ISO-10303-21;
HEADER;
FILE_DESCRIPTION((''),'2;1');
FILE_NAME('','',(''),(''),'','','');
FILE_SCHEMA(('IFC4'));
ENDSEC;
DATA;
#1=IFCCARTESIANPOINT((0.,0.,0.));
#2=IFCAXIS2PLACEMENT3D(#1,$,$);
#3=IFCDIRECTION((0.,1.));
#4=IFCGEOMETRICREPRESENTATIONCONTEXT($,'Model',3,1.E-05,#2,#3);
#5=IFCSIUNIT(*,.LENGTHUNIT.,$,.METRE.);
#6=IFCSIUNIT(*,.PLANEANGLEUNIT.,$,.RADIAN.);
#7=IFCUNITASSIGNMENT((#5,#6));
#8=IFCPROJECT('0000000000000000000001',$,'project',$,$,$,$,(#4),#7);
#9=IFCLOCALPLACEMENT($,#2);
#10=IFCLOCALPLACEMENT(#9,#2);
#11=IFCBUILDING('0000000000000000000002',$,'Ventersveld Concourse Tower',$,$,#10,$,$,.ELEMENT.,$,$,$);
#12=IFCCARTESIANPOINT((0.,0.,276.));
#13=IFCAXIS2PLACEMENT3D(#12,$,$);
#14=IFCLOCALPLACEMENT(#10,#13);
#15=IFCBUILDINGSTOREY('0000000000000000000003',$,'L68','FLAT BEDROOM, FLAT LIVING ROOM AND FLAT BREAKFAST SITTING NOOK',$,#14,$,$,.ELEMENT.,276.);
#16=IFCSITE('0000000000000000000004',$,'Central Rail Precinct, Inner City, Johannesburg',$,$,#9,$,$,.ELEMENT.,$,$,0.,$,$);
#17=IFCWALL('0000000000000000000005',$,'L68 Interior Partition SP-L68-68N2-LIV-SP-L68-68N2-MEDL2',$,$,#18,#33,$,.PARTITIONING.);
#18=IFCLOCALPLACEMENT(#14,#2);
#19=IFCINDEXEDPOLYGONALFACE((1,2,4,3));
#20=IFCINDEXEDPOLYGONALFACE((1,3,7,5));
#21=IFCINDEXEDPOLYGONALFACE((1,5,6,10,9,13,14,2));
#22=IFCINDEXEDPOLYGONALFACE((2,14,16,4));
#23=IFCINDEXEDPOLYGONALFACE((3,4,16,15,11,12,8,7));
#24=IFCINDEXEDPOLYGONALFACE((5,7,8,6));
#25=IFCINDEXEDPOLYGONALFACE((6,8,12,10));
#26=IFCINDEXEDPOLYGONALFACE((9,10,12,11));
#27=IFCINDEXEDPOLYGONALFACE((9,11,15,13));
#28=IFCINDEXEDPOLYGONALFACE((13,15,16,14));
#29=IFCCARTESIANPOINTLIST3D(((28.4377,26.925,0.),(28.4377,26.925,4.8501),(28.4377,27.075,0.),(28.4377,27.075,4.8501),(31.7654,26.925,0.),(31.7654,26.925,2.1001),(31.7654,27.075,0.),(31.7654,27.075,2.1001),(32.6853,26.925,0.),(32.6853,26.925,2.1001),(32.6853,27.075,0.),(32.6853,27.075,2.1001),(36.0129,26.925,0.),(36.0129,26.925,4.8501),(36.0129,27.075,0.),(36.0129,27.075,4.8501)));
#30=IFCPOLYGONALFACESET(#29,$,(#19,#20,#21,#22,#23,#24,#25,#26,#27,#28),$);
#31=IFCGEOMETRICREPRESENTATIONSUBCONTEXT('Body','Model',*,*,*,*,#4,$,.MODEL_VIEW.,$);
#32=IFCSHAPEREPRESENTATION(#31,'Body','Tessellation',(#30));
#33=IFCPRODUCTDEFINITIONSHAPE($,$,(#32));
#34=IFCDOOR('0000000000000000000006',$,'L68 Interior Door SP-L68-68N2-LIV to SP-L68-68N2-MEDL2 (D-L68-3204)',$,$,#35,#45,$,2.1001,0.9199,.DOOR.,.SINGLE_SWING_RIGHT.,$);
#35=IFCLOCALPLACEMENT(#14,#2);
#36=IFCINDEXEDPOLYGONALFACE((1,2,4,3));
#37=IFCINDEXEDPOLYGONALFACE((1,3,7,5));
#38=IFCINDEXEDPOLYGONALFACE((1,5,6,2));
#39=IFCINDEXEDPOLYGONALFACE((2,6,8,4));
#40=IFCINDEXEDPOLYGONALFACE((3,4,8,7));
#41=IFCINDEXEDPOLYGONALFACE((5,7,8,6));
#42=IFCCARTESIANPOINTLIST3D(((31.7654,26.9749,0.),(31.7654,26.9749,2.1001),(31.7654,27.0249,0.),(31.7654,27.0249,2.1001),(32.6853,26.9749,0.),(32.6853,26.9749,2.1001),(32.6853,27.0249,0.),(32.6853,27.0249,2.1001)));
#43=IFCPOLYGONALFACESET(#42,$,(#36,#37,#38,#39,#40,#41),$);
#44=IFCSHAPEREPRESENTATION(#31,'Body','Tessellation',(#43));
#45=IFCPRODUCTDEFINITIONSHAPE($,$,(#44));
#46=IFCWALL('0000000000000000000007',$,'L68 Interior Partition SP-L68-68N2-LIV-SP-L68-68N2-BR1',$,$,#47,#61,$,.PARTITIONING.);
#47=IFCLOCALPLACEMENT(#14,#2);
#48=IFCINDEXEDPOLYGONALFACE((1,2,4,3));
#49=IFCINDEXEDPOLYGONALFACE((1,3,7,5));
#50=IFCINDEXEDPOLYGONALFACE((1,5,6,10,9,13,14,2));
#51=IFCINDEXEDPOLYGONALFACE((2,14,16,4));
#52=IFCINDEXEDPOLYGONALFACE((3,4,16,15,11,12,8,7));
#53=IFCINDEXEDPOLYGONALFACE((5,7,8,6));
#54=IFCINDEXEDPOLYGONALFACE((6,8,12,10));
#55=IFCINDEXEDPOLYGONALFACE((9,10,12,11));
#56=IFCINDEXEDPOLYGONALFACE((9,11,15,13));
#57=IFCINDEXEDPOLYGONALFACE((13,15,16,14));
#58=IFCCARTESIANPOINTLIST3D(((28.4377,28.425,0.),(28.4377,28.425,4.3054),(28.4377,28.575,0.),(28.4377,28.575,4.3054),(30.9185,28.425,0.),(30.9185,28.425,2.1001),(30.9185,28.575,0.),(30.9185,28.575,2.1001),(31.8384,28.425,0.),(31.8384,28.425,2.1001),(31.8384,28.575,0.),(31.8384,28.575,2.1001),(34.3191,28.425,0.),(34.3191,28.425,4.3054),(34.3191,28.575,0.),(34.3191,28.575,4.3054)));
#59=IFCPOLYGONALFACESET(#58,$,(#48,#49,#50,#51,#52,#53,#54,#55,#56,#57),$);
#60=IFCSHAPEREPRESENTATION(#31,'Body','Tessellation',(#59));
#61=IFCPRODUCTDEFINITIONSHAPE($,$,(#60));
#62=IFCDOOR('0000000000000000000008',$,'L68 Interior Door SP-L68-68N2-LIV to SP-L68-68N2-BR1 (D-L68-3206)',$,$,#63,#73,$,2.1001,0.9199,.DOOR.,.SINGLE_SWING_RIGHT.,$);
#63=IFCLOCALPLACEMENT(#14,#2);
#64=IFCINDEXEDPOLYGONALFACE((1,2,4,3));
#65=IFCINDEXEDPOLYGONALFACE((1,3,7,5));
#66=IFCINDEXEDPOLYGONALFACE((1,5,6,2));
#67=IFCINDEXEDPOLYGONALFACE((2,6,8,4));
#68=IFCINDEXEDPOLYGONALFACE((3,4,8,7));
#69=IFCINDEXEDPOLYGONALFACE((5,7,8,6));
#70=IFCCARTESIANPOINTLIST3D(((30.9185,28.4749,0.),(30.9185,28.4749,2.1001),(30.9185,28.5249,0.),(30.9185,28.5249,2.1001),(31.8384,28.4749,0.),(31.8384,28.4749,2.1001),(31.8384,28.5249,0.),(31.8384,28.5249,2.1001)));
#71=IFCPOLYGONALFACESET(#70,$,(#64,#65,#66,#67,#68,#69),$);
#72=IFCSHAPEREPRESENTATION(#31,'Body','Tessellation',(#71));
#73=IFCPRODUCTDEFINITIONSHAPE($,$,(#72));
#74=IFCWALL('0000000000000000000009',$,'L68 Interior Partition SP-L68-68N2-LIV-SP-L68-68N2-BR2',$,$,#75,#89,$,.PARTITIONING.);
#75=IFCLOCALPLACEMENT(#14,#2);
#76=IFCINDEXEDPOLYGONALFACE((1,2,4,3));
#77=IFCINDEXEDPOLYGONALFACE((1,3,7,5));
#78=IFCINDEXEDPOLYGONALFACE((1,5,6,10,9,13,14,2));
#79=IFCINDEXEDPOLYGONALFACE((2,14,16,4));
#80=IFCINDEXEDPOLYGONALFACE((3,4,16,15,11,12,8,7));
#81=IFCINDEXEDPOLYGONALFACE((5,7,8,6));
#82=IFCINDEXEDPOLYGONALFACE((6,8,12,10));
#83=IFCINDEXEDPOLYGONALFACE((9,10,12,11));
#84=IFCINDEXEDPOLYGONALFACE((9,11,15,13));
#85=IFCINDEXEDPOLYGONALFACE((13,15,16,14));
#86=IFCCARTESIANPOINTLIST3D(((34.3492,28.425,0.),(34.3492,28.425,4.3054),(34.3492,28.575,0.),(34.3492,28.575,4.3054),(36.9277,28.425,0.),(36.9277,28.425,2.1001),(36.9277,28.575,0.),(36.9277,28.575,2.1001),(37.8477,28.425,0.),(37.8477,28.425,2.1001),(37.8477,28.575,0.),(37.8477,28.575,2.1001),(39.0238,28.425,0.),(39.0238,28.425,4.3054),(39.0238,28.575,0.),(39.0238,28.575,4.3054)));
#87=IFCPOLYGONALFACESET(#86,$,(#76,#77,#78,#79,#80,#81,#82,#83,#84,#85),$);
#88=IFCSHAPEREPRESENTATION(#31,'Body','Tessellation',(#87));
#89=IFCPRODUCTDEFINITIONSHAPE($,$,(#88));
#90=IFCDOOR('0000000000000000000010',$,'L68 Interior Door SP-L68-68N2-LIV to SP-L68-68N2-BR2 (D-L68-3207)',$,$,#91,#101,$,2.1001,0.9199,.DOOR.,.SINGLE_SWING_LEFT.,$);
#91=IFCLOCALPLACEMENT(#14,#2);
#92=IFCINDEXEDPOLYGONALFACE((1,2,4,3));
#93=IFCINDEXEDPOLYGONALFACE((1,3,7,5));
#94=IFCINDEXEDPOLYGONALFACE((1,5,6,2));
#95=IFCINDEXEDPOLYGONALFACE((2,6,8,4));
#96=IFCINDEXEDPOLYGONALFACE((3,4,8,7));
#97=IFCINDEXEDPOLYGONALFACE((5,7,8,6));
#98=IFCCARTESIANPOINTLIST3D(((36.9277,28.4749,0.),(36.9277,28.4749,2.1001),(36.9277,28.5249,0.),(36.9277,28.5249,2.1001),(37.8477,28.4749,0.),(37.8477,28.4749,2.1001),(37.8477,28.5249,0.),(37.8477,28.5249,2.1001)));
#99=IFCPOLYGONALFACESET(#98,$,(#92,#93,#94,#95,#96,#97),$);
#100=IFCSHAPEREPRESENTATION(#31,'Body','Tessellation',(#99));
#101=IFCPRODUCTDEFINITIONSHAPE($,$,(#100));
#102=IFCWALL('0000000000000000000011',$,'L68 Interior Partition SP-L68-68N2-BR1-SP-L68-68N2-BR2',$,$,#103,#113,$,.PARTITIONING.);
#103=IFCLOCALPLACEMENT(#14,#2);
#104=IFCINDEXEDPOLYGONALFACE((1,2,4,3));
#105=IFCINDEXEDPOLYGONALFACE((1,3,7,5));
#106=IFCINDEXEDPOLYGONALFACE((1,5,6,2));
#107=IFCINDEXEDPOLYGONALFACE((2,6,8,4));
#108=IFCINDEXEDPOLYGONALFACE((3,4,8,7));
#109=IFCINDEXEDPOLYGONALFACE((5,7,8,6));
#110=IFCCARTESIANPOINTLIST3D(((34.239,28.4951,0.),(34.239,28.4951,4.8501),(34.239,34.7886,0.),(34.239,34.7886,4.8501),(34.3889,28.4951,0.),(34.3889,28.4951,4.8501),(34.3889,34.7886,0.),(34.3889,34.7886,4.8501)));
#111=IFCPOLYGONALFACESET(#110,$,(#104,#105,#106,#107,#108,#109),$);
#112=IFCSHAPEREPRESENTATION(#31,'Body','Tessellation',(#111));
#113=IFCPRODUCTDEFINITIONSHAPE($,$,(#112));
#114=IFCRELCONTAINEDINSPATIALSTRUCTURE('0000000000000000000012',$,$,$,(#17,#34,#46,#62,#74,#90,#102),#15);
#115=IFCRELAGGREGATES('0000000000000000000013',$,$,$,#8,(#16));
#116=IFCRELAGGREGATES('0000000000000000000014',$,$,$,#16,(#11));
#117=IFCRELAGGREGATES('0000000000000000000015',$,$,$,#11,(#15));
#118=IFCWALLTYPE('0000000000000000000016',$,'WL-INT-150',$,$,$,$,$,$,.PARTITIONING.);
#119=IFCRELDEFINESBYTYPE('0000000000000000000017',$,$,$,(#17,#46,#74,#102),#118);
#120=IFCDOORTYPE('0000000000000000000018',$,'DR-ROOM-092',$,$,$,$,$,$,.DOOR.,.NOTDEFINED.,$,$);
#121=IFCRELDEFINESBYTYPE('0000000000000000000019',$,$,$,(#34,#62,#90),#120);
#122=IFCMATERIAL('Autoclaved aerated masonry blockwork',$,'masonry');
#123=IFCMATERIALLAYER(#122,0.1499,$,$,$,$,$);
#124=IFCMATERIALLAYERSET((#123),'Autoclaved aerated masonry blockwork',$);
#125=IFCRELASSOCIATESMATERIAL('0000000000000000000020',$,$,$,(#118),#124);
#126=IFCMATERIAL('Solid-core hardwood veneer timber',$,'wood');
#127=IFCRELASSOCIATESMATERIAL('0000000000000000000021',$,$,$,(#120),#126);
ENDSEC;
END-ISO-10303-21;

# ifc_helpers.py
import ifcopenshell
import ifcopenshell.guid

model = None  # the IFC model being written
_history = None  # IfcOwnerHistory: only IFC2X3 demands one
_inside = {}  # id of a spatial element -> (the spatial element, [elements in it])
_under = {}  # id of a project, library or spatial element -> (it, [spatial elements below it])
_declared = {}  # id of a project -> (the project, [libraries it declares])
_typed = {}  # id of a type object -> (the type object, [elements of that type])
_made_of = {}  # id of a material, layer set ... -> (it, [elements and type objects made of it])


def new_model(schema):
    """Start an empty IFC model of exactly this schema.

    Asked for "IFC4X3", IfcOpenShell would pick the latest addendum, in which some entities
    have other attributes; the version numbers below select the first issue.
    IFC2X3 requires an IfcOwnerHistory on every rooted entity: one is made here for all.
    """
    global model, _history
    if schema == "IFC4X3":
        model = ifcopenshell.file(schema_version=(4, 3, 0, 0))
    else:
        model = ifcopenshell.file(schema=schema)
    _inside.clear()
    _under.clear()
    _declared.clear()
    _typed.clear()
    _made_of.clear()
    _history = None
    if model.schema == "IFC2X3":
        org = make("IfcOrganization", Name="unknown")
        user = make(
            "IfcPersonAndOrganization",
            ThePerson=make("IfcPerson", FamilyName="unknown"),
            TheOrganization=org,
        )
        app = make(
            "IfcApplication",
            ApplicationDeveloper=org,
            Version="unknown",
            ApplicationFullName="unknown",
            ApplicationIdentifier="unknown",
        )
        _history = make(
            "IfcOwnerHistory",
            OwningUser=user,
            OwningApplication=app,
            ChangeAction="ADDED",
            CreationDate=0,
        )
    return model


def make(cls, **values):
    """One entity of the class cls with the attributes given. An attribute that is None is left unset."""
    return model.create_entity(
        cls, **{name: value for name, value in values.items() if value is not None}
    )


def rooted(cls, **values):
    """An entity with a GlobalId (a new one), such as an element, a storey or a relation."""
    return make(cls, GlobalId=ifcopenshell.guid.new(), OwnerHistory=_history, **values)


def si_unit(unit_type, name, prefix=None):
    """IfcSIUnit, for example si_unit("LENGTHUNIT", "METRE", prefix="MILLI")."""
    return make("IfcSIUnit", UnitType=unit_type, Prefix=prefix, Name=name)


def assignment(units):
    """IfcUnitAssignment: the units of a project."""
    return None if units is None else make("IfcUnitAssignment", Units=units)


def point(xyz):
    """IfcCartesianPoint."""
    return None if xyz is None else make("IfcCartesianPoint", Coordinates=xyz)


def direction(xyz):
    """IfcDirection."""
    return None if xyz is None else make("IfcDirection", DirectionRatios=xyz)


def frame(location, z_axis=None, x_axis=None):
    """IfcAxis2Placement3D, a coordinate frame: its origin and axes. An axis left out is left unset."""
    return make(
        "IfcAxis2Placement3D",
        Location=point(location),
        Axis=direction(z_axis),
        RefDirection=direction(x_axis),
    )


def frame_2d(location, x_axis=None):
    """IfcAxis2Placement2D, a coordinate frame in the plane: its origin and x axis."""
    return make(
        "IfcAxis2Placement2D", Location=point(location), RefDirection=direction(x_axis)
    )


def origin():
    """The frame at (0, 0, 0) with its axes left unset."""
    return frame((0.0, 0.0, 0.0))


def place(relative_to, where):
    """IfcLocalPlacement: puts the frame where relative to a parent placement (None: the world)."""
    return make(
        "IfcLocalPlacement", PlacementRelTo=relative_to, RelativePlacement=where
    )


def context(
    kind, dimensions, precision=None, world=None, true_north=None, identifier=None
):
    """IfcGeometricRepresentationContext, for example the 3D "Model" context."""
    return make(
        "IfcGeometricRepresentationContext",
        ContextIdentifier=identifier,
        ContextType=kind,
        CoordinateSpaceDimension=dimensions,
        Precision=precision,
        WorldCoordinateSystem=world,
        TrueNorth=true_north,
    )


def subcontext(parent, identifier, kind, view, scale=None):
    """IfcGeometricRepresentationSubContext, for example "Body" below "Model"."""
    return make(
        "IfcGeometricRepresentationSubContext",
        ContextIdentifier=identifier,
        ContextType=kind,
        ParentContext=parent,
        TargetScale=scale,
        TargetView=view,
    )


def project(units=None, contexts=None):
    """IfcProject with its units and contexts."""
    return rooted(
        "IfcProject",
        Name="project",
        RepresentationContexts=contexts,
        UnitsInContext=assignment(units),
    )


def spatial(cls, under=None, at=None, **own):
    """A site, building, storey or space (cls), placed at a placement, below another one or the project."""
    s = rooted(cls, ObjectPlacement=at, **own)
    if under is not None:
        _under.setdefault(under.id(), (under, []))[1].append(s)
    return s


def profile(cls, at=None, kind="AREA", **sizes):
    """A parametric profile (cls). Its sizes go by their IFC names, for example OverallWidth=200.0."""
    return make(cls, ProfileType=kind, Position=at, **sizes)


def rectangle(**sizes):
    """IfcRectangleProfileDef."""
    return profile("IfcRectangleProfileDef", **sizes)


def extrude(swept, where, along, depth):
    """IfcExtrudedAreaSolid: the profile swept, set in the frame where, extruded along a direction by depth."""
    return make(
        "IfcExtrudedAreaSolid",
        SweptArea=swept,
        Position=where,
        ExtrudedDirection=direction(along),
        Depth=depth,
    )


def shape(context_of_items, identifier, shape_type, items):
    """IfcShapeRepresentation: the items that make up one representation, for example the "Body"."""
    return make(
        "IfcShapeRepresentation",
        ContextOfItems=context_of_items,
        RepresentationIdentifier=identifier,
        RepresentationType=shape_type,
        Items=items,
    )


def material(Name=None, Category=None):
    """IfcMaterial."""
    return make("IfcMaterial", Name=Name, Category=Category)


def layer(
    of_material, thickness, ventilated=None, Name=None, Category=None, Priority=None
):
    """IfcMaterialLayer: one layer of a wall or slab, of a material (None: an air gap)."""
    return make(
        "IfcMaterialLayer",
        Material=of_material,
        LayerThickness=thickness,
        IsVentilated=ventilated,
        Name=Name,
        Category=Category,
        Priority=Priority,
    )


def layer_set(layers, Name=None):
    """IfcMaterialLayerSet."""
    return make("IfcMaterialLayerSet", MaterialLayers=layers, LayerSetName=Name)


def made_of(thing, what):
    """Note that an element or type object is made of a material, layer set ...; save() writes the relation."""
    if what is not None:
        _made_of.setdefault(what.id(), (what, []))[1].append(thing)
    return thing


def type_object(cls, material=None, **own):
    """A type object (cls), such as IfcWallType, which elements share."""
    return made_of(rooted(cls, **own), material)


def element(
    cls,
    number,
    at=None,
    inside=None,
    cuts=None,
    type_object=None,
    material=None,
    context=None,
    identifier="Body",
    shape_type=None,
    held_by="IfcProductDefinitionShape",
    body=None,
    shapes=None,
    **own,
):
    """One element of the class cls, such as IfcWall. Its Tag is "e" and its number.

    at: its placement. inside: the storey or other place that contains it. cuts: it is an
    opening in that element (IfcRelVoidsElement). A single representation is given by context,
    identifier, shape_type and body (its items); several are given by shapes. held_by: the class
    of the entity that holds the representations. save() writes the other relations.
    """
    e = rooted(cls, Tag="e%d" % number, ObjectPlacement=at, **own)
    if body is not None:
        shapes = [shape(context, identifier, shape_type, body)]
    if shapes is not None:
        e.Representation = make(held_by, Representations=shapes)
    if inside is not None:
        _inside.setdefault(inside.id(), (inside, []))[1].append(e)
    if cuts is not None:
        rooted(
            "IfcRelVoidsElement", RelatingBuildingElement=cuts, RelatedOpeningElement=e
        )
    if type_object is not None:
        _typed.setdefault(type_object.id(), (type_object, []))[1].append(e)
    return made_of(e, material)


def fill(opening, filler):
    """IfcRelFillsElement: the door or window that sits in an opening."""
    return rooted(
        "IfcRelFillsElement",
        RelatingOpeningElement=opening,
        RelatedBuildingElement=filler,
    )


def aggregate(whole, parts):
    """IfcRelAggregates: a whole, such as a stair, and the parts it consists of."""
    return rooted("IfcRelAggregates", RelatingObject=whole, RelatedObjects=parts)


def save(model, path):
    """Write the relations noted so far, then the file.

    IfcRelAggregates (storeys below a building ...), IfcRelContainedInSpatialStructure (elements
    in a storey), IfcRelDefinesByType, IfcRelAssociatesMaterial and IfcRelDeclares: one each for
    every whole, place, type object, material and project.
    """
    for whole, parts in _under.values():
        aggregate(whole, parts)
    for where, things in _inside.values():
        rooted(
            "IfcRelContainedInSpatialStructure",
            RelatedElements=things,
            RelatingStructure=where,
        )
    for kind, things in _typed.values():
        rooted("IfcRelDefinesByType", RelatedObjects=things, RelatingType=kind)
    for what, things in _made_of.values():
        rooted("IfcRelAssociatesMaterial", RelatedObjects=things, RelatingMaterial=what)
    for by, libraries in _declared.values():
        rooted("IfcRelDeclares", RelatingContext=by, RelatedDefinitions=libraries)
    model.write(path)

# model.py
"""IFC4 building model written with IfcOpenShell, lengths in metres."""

from ifc_helpers import new_model, si_unit, direction, frame, frame_2d, origin, place, context, subcontext, project, spatial, rectangle, extrude, material, layer, layer_set, type_object, element, fill, save


model = new_model("IFC4")

# Units and contexts
model_context = context("Model", 3, precision=1e-05, world=origin(), true_north=direction((0.0, 1.0)))
body_context = subcontext(model_context, "Body", "Model", "MODEL_VIEW")
ifc_project = project(units=[si_unit("LENGTHUNIT", "METRE"), si_unit("PLANEANGLEUNIT", "RADIAN")], contexts=[model_context])

# Site, building, storey
site_placement = place(None, origin())
site = spatial("IfcSite", under=ifc_project, at=site_placement, Name="Central Rail Precinct, Inner City, Johannesburg", CompositionType="ELEMENT", RefElevation=0.0)
building_placement = place(site_placement, origin())
building = spatial("IfcBuilding", under=site, at=building_placement, Name="Ventersveld Concourse Tower", CompositionType="ELEMENT")
storey_placement = place(building_placement, frame((0.0, 0.0, 276.0)))
storey = spatial("IfcBuildingStorey", under=building, at=storey_placement, Name="L68", Description="FLAT BEDROOM, FLAT LIVING ROOM AND FLAT BREAKFAST SITTING NOOK", CompositionType="ELEMENT", Elevation=276.0)

# Walls, openings, doors
ifc_material_1 = material(Name="Autoclaved aerated masonry blockwork", Category="masonry")
ifc_layer_1 = layer(ifc_material_1, 0.1499)
ifc_layer_set_1 = layer_set([ifc_layer_1], Name="Autoclaved aerated masonry blockwork")
wall_type_1 = type_object("IfcWallType", Name="WL-INT-150", PredefinedType="PARTITIONING", material=ifc_layer_set_1)
wall_1_placement = place(storey_placement, frame((28.4377, 27.0, 0.0), z_axis=(0.0, 0.0, 1.0), x_axis=(1.0, 0.0, 0.0)))
wall_1 = element("IfcWall", 1, at=wall_1_placement, inside=storey, type_object=wall_type_1, Name="L68 Interior Partition SP-L68-68N2-LIV-SP-L68-68N2-MEDL2", PredefinedType="PARTITIONING", context=body_context, shape_type="SweptSolid", body=[
    extrude(rectangle(XDim=7.5752, YDim=0.1499, at=frame_2d((3.7876, 0.0))), origin(), (0.0, 0.0, 1.0), 4.8501),
])
opening_1_placement = place(wall_1_placement, frame((3.3276, 0.0, 0.0)))
opening_1 = element("IfcOpeningElement", 2, at=opening_1_placement, cuts=wall_1, PredefinedType="OPENING", context=body_context, shape_type="SweptSolid", body=[
    extrude(rectangle(XDim=0.9199, YDim=2.1001, at=frame_2d((0.46, 1.05))), frame((0.0, 0.085, 0.0), z_axis=(0.0, -1.0, 0.0), x_axis=(1.0, 0.0, 0.0)), (0.0, 0.0, 1.0), 0.1699),
])
ifc_material_2 = material(Name="Solid-core hardwood veneer timber", Category="wood")
door_type = type_object("IfcDoorType", Name="DR-ROOM-092", OperationType="NOTDEFINED", PredefinedType="DOOR", material=ifc_material_2)
door_1_placement = place(opening_1_placement, origin())
door_1 = element("IfcDoor", 3, at=door_1_placement, inside=storey, type_object=door_type, Name="L68 Interior Door SP-L68-68N2-LIV to SP-L68-68N2-MEDL2 (D-L68-3204)", OperationType="SINGLE_SWING_RIGHT", OverallHeight=2.1001, OverallWidth=0.9199, PredefinedType="DOOR", context=body_context, shape_type="SweptSolid", body=[
    extrude(rectangle(XDim=0.9199, YDim=2.1001, at=frame_2d((0.46, 1.05))), frame((0.0, 0.0249, 0.0), z_axis=(0.0, -1.0, 0.0), x_axis=(1.0, 0.0, 0.0)), (0.0, 0.0, 1.0), 0.05),
])
fill(opening_1, door_1)
wall_2_placement = place(storey_placement, frame((28.4377, 28.5, 0.0), z_axis=(0.0, 0.0, 1.0), x_axis=(1.0, 0.0, 0.0)))
wall_2 = element("IfcWall", 4, at=wall_2_placement, inside=storey, type_object=wall_type_1, Name="L68 Interior Partition SP-L68-68N2-LIV-SP-L68-68N2-BR1", PredefinedType="PARTITIONING", context=body_context, shape_type="SweptSolid", body=[
    extrude(rectangle(XDim=5.8813, YDim=0.1499, at=frame_2d((2.9407, 0.0))), origin(), (0.0, 0.0, 1.0), 4.3054),
])
opening_2_placement = place(wall_2_placement, frame((2.4807, 0.0, 0.0)))
opening_2 = element("IfcOpeningElement", 5, at=opening_2_placement, cuts=wall_2, PredefinedType="OPENING", context=body_context, shape_type="SweptSolid", body=[
    extrude(rectangle(XDim=0.9199, YDim=2.1001, at=frame_2d((0.46, 1.05))), frame((0.0, 0.085, 0.0), z_axis=(0.0, -1.0, 0.0), x_axis=(1.0, 0.0, 0.0)), (0.0, 0.0, 1.0), 0.1699),
])
door_2_placement = place(opening_2_placement, origin())
door_2 = element("IfcDoor", 6, at=door_2_placement, inside=storey, type_object=door_type, Name="L68 Interior Door SP-L68-68N2-LIV to SP-L68-68N2-BR1 (D-L68-3206)", OperationType="SINGLE_SWING_RIGHT", OverallHeight=2.1001, OverallWidth=0.9199, PredefinedType="DOOR", context=body_context, shape_type="SweptSolid", body=[
    extrude(rectangle(XDim=0.9199, YDim=2.1001, at=frame_2d((0.46, 1.05))), frame((0.0, 0.0249, 0.0), z_axis=(0.0, -1.0, 0.0), x_axis=(1.0, 0.0, 0.0)), (0.0, 0.0, 1.0), 0.05),
])
fill(opening_2, door_2)
wall_3_placement = place(storey_placement, frame((34.3491, 28.5, 0.0), z_axis=(0.0, 0.0, 1.0), x_axis=(1.0, 0.0, 0.0)))
wall_3 = element("IfcWall", 7, at=wall_3_placement, inside=storey, type_object=wall_type_1, Name="L68 Interior Partition SP-L68-68N2-LIV-SP-L68-68N2-BR2", PredefinedType="PARTITIONING", context=body_context, shape_type="SweptSolid", body=[
    extrude(rectangle(XDim=4.6746, YDim=0.1499, at=frame_2d((2.3374, 0.0))), origin(), (0.0, 0.0, 1.0), 4.3054),
])
opening_3_placement = place(wall_3_placement, frame((2.5786, 0.0, 0.0)))
opening_3 = element("IfcOpeningElement", 8, at=opening_3_placement, cuts=wall_3, PredefinedType="OPENING", context=body_context, shape_type="SweptSolid", body=[
    extrude(rectangle(XDim=0.9199, YDim=2.1001, at=frame_2d((0.46, 1.05))), frame((0.0, 0.085, 0.0), z_axis=(0.0, -1.0, 0.0), x_axis=(1.0, 0.0, 0.0)), (0.0, 0.0, 1.0), 0.1699),
])
door_3_placement = place(opening_3_placement, origin())
door_3 = element("IfcDoor", 9, at=door_3_placement, inside=storey, type_object=door_type, Name="L68 Interior Door SP-L68-68N2-LIV to SP-L68-68N2-BR2 (D-L68-3207)", OperationType="SINGLE_SWING_LEFT", OverallHeight=2.1001, OverallWidth=0.9199, PredefinedType="DOOR", context=body_context, shape_type="SweptSolid", body=[
    extrude(rectangle(XDim=0.9199, YDim=2.1001, at=frame_2d((0.46, 1.05))), frame((0.0, 0.0249, 0.0), z_axis=(0.0, -1.0, 0.0), x_axis=(1.0, 0.0, 0.0)), (0.0, 0.0, 1.0), 0.05),
])
fill(opening_3, door_3)

# Wall
wall_4_placement = place(storey_placement, frame((34.314, 28.4951, 0.0), z_axis=(0.0, 0.0, 1.0), x_axis=(0.0, 1.0, 0.0)))
element("IfcWall", 10, at=wall_4_placement, inside=storey, type_object=wall_type_1, Name="L68 Interior Partition SP-L68-68N2-BR1-SP-L68-68N2-BR2", PredefinedType="PARTITIONING", context=body_context, shape_type="SweptSolid", body=[
    extrude(rectangle(XDim=6.2935, YDim=0.1499, at=frame_2d((3.1467, 0.0))), origin(), (0.0, 0.0, 1.0), 4.8501),
])

save(model, "model.ifc")
